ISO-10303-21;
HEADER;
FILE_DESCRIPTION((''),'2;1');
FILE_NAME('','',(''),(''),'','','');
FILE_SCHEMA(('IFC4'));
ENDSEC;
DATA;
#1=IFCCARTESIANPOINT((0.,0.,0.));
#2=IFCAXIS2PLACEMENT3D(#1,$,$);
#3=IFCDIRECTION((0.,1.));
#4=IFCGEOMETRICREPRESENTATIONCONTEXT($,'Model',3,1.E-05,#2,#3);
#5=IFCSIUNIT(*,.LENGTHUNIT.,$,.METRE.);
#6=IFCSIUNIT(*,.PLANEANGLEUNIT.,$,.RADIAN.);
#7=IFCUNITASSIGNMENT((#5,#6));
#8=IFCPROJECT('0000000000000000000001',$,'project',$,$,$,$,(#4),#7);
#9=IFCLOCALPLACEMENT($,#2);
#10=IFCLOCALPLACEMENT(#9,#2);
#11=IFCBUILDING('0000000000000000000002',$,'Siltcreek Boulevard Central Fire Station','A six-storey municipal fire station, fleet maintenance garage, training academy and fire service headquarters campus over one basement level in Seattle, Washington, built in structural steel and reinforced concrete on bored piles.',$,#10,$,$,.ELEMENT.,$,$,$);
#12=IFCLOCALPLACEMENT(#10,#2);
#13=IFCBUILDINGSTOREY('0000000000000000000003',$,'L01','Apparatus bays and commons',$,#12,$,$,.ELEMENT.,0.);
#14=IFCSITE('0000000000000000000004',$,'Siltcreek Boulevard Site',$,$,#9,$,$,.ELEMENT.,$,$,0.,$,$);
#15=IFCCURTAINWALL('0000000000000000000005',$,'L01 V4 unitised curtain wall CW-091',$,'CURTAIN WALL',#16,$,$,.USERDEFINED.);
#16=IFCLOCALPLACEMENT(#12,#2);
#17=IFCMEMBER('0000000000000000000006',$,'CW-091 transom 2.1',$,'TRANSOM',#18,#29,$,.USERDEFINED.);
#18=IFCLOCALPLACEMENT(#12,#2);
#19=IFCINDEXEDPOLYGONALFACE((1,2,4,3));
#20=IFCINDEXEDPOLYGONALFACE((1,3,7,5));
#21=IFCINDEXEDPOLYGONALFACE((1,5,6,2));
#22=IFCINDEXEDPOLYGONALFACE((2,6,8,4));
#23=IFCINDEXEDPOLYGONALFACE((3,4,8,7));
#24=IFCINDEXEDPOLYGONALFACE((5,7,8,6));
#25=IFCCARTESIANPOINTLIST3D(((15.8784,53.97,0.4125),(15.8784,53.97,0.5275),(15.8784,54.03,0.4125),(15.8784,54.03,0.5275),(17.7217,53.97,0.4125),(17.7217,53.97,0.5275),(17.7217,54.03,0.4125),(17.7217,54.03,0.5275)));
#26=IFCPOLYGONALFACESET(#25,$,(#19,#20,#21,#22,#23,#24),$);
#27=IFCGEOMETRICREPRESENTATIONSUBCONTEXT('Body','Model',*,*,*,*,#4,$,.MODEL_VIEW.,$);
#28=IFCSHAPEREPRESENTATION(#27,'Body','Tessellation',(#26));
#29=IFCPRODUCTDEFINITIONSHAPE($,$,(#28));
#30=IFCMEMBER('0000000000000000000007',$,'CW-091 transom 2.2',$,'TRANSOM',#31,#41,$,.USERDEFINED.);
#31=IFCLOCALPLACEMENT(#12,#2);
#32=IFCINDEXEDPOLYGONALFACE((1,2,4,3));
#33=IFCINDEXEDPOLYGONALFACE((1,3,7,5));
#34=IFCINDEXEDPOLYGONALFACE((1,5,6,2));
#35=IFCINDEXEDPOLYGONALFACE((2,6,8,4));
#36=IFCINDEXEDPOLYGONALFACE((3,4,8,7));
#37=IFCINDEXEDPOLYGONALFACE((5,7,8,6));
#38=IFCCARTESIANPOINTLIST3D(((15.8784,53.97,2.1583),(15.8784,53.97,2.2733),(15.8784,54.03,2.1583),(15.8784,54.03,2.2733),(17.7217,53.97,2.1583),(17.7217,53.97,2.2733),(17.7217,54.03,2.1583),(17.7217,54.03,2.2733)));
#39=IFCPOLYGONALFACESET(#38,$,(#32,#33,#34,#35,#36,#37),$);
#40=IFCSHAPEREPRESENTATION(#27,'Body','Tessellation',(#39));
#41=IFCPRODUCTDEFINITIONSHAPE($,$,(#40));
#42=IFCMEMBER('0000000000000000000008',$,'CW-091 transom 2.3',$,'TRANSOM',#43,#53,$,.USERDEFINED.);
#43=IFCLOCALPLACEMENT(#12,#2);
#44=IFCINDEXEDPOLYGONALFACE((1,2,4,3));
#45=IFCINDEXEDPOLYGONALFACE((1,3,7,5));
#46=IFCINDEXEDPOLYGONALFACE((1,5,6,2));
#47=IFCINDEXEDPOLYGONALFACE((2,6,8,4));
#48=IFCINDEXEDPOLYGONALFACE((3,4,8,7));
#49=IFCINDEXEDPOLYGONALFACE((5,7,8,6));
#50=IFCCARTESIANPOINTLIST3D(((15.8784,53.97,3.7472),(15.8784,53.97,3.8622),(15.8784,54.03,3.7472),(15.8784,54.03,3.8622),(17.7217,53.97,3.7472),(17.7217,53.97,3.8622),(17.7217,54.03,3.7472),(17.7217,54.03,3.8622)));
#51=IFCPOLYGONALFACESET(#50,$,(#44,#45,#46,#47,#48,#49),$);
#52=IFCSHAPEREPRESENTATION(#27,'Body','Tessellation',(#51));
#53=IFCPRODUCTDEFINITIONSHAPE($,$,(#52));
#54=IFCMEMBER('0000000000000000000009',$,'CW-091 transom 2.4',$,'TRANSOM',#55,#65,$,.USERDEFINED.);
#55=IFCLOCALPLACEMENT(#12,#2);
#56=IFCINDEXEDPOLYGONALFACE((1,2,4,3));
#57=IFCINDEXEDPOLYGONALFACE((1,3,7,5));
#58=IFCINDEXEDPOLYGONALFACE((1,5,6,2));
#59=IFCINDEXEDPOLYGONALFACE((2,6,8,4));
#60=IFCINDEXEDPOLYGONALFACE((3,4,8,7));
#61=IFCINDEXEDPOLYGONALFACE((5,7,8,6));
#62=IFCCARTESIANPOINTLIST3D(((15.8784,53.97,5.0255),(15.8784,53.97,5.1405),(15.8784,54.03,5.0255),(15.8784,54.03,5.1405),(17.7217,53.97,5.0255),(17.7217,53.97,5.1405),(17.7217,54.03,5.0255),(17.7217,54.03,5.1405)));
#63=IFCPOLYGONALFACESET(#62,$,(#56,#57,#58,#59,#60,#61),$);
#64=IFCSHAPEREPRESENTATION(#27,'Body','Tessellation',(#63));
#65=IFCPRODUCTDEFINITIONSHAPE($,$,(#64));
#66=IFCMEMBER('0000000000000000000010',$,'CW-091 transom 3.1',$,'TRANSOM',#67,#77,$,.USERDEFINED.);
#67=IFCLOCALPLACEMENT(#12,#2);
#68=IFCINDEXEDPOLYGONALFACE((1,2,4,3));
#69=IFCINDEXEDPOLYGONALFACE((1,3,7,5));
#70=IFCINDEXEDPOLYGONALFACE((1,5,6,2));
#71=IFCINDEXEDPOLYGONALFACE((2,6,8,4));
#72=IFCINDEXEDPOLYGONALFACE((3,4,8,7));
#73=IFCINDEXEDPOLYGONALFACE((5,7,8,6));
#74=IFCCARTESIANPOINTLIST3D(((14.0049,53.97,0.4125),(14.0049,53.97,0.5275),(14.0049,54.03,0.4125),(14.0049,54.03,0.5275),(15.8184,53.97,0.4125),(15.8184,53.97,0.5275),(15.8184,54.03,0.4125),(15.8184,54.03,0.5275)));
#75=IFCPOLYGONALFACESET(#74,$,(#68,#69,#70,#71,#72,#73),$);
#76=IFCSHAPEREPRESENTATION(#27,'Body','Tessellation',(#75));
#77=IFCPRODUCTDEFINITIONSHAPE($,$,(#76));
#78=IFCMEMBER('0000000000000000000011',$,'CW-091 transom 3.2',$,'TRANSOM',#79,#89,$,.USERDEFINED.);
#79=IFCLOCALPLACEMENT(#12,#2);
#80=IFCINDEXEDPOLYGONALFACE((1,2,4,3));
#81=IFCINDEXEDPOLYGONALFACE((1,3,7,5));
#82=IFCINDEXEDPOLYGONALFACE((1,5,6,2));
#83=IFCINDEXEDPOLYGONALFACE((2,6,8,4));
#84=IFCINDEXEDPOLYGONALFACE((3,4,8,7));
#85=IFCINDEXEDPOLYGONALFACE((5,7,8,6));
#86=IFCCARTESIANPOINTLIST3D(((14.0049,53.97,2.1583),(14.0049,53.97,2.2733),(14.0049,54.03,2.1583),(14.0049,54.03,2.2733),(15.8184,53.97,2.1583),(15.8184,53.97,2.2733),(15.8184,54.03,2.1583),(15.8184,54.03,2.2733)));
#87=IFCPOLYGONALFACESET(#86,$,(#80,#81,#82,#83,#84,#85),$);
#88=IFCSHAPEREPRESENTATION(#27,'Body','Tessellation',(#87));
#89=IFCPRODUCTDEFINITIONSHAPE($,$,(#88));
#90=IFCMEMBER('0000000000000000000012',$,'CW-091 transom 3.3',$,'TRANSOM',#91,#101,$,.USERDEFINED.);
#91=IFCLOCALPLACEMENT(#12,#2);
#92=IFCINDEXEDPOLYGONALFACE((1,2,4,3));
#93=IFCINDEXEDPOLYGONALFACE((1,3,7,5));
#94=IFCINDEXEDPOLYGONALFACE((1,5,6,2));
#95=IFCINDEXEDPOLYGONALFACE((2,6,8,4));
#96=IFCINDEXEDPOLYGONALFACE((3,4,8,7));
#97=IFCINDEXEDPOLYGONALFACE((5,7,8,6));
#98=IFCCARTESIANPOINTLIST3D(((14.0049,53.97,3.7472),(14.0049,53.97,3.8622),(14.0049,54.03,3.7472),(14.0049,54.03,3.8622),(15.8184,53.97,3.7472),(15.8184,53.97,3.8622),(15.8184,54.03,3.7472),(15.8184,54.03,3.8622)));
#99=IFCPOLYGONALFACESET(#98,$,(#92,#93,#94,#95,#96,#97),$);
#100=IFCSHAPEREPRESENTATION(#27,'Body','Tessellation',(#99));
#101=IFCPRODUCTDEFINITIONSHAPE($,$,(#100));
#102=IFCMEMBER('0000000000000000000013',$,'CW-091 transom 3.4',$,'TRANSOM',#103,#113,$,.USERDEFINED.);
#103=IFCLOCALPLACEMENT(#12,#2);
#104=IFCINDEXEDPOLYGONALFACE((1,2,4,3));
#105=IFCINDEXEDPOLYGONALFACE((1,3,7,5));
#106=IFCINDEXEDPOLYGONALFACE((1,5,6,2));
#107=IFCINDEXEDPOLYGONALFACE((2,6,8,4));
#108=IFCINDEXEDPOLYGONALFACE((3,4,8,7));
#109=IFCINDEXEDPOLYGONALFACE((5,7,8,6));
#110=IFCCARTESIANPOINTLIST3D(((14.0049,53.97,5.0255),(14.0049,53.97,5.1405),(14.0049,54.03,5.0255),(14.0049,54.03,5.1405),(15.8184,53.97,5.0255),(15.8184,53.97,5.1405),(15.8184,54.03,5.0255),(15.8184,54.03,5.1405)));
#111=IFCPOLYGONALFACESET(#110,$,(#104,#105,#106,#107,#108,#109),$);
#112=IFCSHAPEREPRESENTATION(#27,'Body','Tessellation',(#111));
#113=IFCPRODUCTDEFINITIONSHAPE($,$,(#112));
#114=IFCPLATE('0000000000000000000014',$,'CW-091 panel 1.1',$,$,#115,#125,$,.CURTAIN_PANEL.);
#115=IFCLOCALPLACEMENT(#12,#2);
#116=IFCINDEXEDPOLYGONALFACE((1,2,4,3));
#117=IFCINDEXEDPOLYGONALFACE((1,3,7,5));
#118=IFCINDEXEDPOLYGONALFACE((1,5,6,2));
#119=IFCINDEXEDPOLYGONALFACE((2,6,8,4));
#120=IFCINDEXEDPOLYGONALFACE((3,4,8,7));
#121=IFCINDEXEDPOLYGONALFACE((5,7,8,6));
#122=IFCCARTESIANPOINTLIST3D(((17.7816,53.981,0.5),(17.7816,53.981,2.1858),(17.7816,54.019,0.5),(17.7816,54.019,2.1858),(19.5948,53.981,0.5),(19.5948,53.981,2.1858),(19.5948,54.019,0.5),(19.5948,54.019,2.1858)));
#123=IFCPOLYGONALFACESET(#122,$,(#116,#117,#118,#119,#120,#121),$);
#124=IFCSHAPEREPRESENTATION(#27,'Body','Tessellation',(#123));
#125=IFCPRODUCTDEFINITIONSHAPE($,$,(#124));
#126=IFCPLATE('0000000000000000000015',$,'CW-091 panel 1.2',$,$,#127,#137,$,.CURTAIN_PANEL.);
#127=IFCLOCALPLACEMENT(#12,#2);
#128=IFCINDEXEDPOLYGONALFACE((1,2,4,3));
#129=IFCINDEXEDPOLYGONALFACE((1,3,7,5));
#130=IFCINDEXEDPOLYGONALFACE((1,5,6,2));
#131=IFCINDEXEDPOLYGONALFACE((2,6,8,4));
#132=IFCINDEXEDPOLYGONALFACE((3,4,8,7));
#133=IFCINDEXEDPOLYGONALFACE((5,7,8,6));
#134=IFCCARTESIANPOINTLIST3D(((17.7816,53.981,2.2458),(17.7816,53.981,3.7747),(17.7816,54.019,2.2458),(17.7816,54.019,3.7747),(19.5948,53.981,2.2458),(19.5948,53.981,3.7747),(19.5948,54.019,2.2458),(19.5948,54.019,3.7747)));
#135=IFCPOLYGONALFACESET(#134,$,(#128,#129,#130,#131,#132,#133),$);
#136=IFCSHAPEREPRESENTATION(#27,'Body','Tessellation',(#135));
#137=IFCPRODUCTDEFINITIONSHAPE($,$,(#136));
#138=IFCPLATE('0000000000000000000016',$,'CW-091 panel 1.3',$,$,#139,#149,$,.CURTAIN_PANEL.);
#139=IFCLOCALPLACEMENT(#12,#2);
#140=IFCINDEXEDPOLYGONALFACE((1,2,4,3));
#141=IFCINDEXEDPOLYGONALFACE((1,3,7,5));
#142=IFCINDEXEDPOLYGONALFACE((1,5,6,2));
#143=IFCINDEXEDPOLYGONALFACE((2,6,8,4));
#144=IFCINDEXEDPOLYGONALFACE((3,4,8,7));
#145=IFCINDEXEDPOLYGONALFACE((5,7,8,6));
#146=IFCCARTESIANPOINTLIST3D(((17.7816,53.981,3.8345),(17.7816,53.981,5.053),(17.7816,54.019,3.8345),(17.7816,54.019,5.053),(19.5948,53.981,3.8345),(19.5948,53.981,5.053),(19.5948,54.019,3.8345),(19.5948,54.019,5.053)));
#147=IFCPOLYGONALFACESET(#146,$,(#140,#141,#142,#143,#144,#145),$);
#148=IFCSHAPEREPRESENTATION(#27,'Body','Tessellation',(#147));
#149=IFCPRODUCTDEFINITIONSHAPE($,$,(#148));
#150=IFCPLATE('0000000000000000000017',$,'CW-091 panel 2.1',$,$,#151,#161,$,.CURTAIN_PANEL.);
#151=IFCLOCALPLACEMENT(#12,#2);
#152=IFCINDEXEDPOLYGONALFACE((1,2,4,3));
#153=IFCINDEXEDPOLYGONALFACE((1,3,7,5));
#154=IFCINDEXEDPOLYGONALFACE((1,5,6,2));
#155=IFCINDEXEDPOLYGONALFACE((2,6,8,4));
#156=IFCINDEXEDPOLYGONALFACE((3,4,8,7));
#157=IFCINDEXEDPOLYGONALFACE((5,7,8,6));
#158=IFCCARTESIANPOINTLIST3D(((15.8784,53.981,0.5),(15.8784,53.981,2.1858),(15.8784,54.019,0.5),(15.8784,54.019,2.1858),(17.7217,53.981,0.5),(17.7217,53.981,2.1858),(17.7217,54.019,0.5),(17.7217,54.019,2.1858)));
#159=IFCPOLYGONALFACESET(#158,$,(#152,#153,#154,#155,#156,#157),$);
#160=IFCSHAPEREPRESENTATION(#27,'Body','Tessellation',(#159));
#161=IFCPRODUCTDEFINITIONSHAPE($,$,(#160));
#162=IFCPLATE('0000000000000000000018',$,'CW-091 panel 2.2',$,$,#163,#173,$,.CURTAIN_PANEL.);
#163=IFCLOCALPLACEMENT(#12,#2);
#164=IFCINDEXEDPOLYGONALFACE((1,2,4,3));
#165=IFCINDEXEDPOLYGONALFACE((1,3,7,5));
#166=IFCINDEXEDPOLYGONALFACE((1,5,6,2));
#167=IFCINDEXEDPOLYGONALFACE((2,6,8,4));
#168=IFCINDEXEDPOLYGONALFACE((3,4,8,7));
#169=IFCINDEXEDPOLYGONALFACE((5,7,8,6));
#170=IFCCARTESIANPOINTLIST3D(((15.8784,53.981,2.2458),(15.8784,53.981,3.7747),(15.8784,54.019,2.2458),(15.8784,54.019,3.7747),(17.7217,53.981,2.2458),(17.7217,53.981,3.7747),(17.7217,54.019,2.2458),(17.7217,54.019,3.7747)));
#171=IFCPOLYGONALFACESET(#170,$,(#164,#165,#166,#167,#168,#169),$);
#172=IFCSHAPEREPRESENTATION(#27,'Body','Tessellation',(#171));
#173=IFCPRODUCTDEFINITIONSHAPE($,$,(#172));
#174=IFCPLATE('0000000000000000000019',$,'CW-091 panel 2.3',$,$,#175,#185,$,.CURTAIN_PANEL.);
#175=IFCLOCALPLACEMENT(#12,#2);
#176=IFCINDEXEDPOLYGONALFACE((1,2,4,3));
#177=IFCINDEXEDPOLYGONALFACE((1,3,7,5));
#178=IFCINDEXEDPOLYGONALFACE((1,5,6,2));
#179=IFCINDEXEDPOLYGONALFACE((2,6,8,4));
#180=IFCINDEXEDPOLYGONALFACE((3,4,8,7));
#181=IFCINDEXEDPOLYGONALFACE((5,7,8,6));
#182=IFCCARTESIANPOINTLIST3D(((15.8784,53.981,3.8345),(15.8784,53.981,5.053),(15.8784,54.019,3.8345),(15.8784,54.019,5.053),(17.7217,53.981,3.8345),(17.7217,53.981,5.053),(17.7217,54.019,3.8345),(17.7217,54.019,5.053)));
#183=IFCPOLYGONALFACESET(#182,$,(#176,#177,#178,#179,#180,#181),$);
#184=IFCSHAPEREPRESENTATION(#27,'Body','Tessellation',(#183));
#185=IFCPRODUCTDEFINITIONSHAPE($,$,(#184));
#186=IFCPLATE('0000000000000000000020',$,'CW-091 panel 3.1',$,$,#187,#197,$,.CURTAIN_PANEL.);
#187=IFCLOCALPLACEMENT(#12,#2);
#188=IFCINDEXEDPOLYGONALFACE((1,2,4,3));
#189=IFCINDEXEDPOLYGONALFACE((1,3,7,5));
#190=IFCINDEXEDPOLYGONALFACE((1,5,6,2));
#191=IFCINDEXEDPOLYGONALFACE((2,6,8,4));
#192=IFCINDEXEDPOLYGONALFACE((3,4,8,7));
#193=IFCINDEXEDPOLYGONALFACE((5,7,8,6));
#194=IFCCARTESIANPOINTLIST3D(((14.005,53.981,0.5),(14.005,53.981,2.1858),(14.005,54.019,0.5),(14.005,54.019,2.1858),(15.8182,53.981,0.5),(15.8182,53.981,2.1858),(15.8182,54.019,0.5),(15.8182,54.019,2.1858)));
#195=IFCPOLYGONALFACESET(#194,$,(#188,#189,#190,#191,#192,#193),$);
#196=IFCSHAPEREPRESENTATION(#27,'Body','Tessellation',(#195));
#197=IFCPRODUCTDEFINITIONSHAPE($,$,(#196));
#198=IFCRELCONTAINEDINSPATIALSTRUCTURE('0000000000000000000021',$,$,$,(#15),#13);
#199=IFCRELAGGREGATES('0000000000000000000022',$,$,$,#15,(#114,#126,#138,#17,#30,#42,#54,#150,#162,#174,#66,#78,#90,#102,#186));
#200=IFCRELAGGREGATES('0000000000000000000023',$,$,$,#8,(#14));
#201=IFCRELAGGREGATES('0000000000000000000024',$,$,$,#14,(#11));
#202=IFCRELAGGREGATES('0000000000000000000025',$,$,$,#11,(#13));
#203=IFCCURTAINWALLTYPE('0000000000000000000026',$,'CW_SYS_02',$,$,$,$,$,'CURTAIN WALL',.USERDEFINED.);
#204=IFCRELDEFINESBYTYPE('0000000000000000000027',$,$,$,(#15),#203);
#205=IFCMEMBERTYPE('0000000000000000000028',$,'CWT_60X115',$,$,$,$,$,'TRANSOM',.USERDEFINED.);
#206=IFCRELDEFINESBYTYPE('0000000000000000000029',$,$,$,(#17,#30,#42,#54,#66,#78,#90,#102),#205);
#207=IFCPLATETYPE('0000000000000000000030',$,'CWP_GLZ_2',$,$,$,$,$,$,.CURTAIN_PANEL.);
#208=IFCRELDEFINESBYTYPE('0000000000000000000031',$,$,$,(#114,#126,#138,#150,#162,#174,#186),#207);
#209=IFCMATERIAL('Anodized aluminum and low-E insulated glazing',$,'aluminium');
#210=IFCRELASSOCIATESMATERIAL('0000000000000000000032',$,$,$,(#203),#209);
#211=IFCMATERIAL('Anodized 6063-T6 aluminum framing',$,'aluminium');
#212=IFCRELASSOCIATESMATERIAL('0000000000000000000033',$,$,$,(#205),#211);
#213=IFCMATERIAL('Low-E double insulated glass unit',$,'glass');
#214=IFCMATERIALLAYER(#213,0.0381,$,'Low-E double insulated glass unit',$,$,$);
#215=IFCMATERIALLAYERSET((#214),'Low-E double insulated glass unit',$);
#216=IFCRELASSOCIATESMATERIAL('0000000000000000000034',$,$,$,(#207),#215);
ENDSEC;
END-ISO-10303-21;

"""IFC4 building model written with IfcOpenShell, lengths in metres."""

from ifc_helpers import new_model, si_unit, direction, frame, origin, origin_2d, place, context, subcontext, project, spatial, rectangle, extrude, material, layer, layer_set, material_profile, profile_set, type_object, element, aggregate, save


model = new_model("IFC4")

# Units and contexts
model_context = context("Model", 3, precision=1e-05, world=origin(), true_north=direction((0.0, 1.0)))
body_context = subcontext(model_context, "Body", "Model", "MODEL_VIEW")
ifc_project = project(units=[si_unit("LENGTHUNIT", "METRE"), si_unit("PLANEANGLEUNIT", "RADIAN")], contexts=[model_context])

# Site, building, storey
site_placement = place(None, origin())
site = spatial("IfcSite", under=ifc_project, at=site_placement, Name="Siltcreek Boulevard Site", CompositionType="ELEMENT", RefElevation=0.0)
building_placement = place(site_placement, origin())
building = spatial("IfcBuilding", under=site, at=building_placement, Name="Siltcreek Boulevard Central Fire Station", Description="A six-storey municipal fire station, fleet maintenance garage, training academy and fire service headquarters campus over one basement level in Seattle, Washington, built in structural steel and reinforced concrete on bored piles.", CompositionType="ELEMENT")
storey_placement = place(building_placement, origin())
storey = spatial("IfcBuildingStorey", under=building, at=storey_placement, Name="L01", Description="Apparatus bays and commons", CompositionType="ELEMENT", Elevation=0.0)

# Curtain wall
ifc_material_1 = material(Name="Anodized aluminum and low-E insulated glazing", Category="aluminium")
curtain_wall_type_1 = type_object("IfcCurtainWallType", Name="CW_SYS_02", ElementType="CURTAIN WALL", PredefinedType="USERDEFINED", material=ifc_material_1)
curtain_wall_1_placement = place(storey_placement, origin())
curtain_wall_1 = element("IfcCurtainWall", 1, at=curtain_wall_1_placement, inside=storey, type_object=curtain_wall_type_1, Name="L01 V4 unitised curtain wall CW-091", ObjectType="CURTAIN WALL", PredefinedType="USERDEFINED")
ifc_material_2 = material(Name="Anodized 6063-T6 aluminum framing", Category="aluminium")

# Members
ifc_material_profile_1 = material_profile(ifc_material_2, rectangle(XDim=0.0601, YDim=0.115, at=origin_2d()), Name="TRAN60X115")
ifc_profile_set_1 = profile_set([ifc_material_profile_1], Name="Anodized 6063-T6 aluminum framing")
member_type_1 = type_object("IfcMemberType", Name="CWT_60X115", ElementType="TRANSOM", PredefinedType="USERDEFINED", material=ifc_profile_set_1)
member_1_placement = place(storey_placement, frame((17.7217, 54.0, 0.47), z_axis=(-1.0, 0.0, 0.0), x_axis=(0.0, -1.0, 0.0)))
member_1 = element("IfcMember", 2, at=member_1_placement, type_object=member_type_1, Name="CW-091 transom 2.1", ObjectType="TRANSOM", PredefinedType="USERDEFINED", context=body_context, shape_type="SweptSolid", body=[
    extrude(rectangle(XDim=0.0601, YDim=0.115, at=origin_2d()), origin(), (0.0, 0.0, 1.0), 1.8433),
])
member_2_placement = place(storey_placement, frame((17.7217, 54.0, 2.2158), z_axis=(-1.0, 0.0, 0.0), x_axis=(0.0, -1.0, 0.0)))
member_2 = element("IfcMember", 3, at=member_2_placement, type_object=member_type_1, Name="CW-091 transom 2.2", ObjectType="TRANSOM", PredefinedType="USERDEFINED", context=body_context, shape_type="SweptSolid", body=[
    extrude(rectangle(XDim=0.0601, YDim=0.115, at=origin_2d()), origin(), (0.0, 0.0, 1.0), 1.8433),
])
member_3_placement = place(storey_placement, frame((17.7217, 54.0, 3.8047), z_axis=(-1.0, 0.0, 0.0), x_axis=(0.0, -1.0, 0.0)))
member_3 = element("IfcMember", 4, at=member_3_placement, type_object=member_type_1, Name="CW-091 transom 2.3", ObjectType="TRANSOM", PredefinedType="USERDEFINED", context=body_context, shape_type="SweptSolid", body=[
    extrude(rectangle(XDim=0.0601, YDim=0.115, at=origin_2d()), origin(), (0.0, 0.0, 1.0), 1.8433),
])
member_4_placement = place(storey_placement, frame((17.7217, 54.0, 5.083), z_axis=(-1.0, 0.0, 0.0), x_axis=(0.0, -1.0, 0.0)))
member_4 = element("IfcMember", 5, at=member_4_placement, type_object=member_type_1, Name="CW-091 transom 2.4", ObjectType="TRANSOM", PredefinedType="USERDEFINED", context=body_context, shape_type="SweptSolid", body=[
    extrude(rectangle(XDim=0.0601, YDim=0.115, at=origin_2d()), origin(), (0.0, 0.0, 1.0), 1.8433),
])
member_5_placement = place(storey_placement, frame((15.8184, 54.0, 0.47), z_axis=(-1.0, 0.0, 0.0), x_axis=(0.0, -1.0, 0.0)))
member_5 = element("IfcMember", 6, at=member_5_placement, type_object=member_type_1, Name="CW-091 transom 3.1", ObjectType="TRANSOM", PredefinedType="USERDEFINED", context=body_context, shape_type="SweptSolid", body=[
    extrude(rectangle(XDim=0.0601, YDim=0.115, at=origin_2d()), origin(), (0.0, 0.0, 1.0), 1.8135),
])
member_6_placement = place(storey_placement, frame((15.8184, 54.0, 2.2158), z_axis=(-1.0, 0.0, 0.0), x_axis=(0.0, -1.0, 0.0)))
member_6 = element("IfcMember", 7, at=member_6_placement, type_object=member_type_1, Name="CW-091 transom 3.2", ObjectType="TRANSOM", PredefinedType="USERDEFINED", context=body_context, shape_type="SweptSolid", body=[
    extrude(rectangle(XDim=0.0601, YDim=0.115, at=origin_2d()), origin(), (0.0, 0.0, 1.0), 1.8135),
])
member_7_placement = place(storey_placement, frame((15.8184, 54.0, 3.8047), z_axis=(-1.0, 0.0, 0.0), x_axis=(0.0, -1.0, 0.0)))
member_7 = element("IfcMember", 8, at=member_7_placement, type_object=member_type_1, Name="CW-091 transom 3.3", ObjectType="TRANSOM", PredefinedType="USERDEFINED", context=body_context, shape_type="SweptSolid", body=[
    extrude(rectangle(XDim=0.0601, YDim=0.115, at=origin_2d()), origin(), (0.0, 0.0, 1.0), 1.8135),
])
member_8_placement = place(storey_placement, frame((15.8184, 54.0, 5.083), z_axis=(-1.0, 0.0, 0.0), x_axis=(0.0, -1.0, 0.0)))
member_8 = element("IfcMember", 9, at=member_8_placement, type_object=member_type_1, Name="CW-091 transom 3.4", ObjectType="TRANSOM", PredefinedType="USERDEFINED", context=body_context, shape_type="SweptSolid", body=[
    extrude(rectangle(XDim=0.0601, YDim=0.115, at=origin_2d()), origin(), (0.0, 0.0, 1.0), 1.8135),
])

# Plates
ifc_material_3 = material(Name="Low-E double insulated glass unit", Category="glass")
ifc_layer_1 = layer(ifc_material_3, 0.0381, Name="Low-E double insulated glass unit")
ifc_layer_set_1 = layer_set([ifc_layer_1], Name="Low-E double insulated glass unit")
plate_type = type_object("IfcPlateType", Name="CWP_GLZ_2", PredefinedType="CURTAIN_PANEL", material=ifc_layer_set_1)
plate_1_placement = place(storey_placement, frame((18.6882, 54.0, 0.5), z_axis=(0.0, 0.0, 1.0), x_axis=(-1.0, 0.0, 0.0)))
plate_1 = element("IfcPlate", 10, at=plate_1_placement, type_object=plate_type, Name="CW-091 panel 1.1", PredefinedType="CURTAIN_PANEL", context=body_context, shape_type="SweptSolid", body=[
    extrude(rectangle(XDim=1.8132, YDim=0.0381, at=origin_2d()), origin(), (0.0, 0.0, 1.0), 1.6858),
])
plate_2_placement = place(storey_placement, frame((18.6882, 54.0, 2.2458), z_axis=(0.0, 0.0, 1.0), x_axis=(-1.0, 0.0, 0.0)))
plate_2 = element("IfcPlate", 11, at=plate_2_placement, type_object=plate_type, Name="CW-091 panel 1.2", PredefinedType="CURTAIN_PANEL", context=body_context, shape_type="SweptSolid", body=[
    extrude(rectangle(XDim=1.8132, YDim=0.0381, at=origin_2d()), origin(), (0.0, 0.0, 1.0), 1.5288),
])
plate_3_placement = place(storey_placement, frame((18.6882, 54.0, 3.8345), z_axis=(0.0, 0.0, 1.0), x_axis=(-1.0, 0.0, 0.0)))
plate_3 = element("IfcPlate", 12, at=plate_3_placement, type_object=plate_type, Name="CW-091 panel 1.3", PredefinedType="CURTAIN_PANEL", context=body_context, shape_type="SweptSolid", body=[
    extrude(rectangle(XDim=1.8132, YDim=0.0381, at=origin_2d()), origin(), (0.0, 0.0, 1.0), 1.2185),
])
plate_4_placement = place(storey_placement, frame((16.8, 54.0, 0.5), z_axis=(0.0, 0.0, 1.0), x_axis=(-1.0, 0.0, 0.0)))
plate_4 = element("IfcPlate", 13, at=plate_4_placement, type_object=plate_type, Name="CW-091 panel 2.1", PredefinedType="CURTAIN_PANEL", context=body_context, shape_type="SweptSolid", body=[
    extrude(rectangle(XDim=1.8433, YDim=0.0381, at=origin_2d()), origin(), (0.0, 0.0, 1.0), 1.6858),
])
plate_5_placement = place(storey_placement, frame((16.8, 54.0, 2.2458), z_axis=(0.0, 0.0, 1.0), x_axis=(-1.0, 0.0, 0.0)))
plate_5 = element("IfcPlate", 14, at=plate_5_placement, type_object=plate_type, Name="CW-091 panel 2.2", PredefinedType="CURTAIN_PANEL", context=body_context, shape_type="SweptSolid", body=[
    extrude(rectangle(XDim=1.8433, YDim=0.0381, at=origin_2d()), origin(), (0.0, 0.0, 1.0), 1.5288),
])
plate_6_placement = place(storey_placement, frame((16.8, 54.0, 3.8345), z_axis=(0.0, 0.0, 1.0), x_axis=(-1.0, 0.0, 0.0)))
plate_6 = element("IfcPlate", 15, at=plate_6_placement, type_object=plate_type, Name="CW-091 panel 2.3", PredefinedType="CURTAIN_PANEL", context=body_context, shape_type="SweptSolid", body=[
    extrude(rectangle(XDim=1.8433, YDim=0.0381, at=origin_2d()), origin(), (0.0, 0.0, 1.0), 1.2185),
])
plate_7_placement = place(storey_placement, frame((14.9116, 54.0, 0.5), z_axis=(0.0, 0.0, 1.0), x_axis=(-1.0, 0.0, 0.0)))
plate_7 = element("IfcPlate", 16, at=plate_7_placement, type_object=plate_type, Name="CW-091 panel 3.1", PredefinedType="CURTAIN_PANEL", context=body_context, shape_type="SweptSolid", body=[
    extrude(rectangle(XDim=1.8132, YDim=0.0381, at=origin_2d()), origin(), (0.0, 0.0, 1.0), 1.6858),
])
aggregate(curtain_wall_1, [plate_1, plate_2, plate_3, member_1, member_2, member_3, member_4, plate_4, plate_5, plate_6, member_5, member_6, member_7, member_8, plate_7])

save(model, "model.ifc")
